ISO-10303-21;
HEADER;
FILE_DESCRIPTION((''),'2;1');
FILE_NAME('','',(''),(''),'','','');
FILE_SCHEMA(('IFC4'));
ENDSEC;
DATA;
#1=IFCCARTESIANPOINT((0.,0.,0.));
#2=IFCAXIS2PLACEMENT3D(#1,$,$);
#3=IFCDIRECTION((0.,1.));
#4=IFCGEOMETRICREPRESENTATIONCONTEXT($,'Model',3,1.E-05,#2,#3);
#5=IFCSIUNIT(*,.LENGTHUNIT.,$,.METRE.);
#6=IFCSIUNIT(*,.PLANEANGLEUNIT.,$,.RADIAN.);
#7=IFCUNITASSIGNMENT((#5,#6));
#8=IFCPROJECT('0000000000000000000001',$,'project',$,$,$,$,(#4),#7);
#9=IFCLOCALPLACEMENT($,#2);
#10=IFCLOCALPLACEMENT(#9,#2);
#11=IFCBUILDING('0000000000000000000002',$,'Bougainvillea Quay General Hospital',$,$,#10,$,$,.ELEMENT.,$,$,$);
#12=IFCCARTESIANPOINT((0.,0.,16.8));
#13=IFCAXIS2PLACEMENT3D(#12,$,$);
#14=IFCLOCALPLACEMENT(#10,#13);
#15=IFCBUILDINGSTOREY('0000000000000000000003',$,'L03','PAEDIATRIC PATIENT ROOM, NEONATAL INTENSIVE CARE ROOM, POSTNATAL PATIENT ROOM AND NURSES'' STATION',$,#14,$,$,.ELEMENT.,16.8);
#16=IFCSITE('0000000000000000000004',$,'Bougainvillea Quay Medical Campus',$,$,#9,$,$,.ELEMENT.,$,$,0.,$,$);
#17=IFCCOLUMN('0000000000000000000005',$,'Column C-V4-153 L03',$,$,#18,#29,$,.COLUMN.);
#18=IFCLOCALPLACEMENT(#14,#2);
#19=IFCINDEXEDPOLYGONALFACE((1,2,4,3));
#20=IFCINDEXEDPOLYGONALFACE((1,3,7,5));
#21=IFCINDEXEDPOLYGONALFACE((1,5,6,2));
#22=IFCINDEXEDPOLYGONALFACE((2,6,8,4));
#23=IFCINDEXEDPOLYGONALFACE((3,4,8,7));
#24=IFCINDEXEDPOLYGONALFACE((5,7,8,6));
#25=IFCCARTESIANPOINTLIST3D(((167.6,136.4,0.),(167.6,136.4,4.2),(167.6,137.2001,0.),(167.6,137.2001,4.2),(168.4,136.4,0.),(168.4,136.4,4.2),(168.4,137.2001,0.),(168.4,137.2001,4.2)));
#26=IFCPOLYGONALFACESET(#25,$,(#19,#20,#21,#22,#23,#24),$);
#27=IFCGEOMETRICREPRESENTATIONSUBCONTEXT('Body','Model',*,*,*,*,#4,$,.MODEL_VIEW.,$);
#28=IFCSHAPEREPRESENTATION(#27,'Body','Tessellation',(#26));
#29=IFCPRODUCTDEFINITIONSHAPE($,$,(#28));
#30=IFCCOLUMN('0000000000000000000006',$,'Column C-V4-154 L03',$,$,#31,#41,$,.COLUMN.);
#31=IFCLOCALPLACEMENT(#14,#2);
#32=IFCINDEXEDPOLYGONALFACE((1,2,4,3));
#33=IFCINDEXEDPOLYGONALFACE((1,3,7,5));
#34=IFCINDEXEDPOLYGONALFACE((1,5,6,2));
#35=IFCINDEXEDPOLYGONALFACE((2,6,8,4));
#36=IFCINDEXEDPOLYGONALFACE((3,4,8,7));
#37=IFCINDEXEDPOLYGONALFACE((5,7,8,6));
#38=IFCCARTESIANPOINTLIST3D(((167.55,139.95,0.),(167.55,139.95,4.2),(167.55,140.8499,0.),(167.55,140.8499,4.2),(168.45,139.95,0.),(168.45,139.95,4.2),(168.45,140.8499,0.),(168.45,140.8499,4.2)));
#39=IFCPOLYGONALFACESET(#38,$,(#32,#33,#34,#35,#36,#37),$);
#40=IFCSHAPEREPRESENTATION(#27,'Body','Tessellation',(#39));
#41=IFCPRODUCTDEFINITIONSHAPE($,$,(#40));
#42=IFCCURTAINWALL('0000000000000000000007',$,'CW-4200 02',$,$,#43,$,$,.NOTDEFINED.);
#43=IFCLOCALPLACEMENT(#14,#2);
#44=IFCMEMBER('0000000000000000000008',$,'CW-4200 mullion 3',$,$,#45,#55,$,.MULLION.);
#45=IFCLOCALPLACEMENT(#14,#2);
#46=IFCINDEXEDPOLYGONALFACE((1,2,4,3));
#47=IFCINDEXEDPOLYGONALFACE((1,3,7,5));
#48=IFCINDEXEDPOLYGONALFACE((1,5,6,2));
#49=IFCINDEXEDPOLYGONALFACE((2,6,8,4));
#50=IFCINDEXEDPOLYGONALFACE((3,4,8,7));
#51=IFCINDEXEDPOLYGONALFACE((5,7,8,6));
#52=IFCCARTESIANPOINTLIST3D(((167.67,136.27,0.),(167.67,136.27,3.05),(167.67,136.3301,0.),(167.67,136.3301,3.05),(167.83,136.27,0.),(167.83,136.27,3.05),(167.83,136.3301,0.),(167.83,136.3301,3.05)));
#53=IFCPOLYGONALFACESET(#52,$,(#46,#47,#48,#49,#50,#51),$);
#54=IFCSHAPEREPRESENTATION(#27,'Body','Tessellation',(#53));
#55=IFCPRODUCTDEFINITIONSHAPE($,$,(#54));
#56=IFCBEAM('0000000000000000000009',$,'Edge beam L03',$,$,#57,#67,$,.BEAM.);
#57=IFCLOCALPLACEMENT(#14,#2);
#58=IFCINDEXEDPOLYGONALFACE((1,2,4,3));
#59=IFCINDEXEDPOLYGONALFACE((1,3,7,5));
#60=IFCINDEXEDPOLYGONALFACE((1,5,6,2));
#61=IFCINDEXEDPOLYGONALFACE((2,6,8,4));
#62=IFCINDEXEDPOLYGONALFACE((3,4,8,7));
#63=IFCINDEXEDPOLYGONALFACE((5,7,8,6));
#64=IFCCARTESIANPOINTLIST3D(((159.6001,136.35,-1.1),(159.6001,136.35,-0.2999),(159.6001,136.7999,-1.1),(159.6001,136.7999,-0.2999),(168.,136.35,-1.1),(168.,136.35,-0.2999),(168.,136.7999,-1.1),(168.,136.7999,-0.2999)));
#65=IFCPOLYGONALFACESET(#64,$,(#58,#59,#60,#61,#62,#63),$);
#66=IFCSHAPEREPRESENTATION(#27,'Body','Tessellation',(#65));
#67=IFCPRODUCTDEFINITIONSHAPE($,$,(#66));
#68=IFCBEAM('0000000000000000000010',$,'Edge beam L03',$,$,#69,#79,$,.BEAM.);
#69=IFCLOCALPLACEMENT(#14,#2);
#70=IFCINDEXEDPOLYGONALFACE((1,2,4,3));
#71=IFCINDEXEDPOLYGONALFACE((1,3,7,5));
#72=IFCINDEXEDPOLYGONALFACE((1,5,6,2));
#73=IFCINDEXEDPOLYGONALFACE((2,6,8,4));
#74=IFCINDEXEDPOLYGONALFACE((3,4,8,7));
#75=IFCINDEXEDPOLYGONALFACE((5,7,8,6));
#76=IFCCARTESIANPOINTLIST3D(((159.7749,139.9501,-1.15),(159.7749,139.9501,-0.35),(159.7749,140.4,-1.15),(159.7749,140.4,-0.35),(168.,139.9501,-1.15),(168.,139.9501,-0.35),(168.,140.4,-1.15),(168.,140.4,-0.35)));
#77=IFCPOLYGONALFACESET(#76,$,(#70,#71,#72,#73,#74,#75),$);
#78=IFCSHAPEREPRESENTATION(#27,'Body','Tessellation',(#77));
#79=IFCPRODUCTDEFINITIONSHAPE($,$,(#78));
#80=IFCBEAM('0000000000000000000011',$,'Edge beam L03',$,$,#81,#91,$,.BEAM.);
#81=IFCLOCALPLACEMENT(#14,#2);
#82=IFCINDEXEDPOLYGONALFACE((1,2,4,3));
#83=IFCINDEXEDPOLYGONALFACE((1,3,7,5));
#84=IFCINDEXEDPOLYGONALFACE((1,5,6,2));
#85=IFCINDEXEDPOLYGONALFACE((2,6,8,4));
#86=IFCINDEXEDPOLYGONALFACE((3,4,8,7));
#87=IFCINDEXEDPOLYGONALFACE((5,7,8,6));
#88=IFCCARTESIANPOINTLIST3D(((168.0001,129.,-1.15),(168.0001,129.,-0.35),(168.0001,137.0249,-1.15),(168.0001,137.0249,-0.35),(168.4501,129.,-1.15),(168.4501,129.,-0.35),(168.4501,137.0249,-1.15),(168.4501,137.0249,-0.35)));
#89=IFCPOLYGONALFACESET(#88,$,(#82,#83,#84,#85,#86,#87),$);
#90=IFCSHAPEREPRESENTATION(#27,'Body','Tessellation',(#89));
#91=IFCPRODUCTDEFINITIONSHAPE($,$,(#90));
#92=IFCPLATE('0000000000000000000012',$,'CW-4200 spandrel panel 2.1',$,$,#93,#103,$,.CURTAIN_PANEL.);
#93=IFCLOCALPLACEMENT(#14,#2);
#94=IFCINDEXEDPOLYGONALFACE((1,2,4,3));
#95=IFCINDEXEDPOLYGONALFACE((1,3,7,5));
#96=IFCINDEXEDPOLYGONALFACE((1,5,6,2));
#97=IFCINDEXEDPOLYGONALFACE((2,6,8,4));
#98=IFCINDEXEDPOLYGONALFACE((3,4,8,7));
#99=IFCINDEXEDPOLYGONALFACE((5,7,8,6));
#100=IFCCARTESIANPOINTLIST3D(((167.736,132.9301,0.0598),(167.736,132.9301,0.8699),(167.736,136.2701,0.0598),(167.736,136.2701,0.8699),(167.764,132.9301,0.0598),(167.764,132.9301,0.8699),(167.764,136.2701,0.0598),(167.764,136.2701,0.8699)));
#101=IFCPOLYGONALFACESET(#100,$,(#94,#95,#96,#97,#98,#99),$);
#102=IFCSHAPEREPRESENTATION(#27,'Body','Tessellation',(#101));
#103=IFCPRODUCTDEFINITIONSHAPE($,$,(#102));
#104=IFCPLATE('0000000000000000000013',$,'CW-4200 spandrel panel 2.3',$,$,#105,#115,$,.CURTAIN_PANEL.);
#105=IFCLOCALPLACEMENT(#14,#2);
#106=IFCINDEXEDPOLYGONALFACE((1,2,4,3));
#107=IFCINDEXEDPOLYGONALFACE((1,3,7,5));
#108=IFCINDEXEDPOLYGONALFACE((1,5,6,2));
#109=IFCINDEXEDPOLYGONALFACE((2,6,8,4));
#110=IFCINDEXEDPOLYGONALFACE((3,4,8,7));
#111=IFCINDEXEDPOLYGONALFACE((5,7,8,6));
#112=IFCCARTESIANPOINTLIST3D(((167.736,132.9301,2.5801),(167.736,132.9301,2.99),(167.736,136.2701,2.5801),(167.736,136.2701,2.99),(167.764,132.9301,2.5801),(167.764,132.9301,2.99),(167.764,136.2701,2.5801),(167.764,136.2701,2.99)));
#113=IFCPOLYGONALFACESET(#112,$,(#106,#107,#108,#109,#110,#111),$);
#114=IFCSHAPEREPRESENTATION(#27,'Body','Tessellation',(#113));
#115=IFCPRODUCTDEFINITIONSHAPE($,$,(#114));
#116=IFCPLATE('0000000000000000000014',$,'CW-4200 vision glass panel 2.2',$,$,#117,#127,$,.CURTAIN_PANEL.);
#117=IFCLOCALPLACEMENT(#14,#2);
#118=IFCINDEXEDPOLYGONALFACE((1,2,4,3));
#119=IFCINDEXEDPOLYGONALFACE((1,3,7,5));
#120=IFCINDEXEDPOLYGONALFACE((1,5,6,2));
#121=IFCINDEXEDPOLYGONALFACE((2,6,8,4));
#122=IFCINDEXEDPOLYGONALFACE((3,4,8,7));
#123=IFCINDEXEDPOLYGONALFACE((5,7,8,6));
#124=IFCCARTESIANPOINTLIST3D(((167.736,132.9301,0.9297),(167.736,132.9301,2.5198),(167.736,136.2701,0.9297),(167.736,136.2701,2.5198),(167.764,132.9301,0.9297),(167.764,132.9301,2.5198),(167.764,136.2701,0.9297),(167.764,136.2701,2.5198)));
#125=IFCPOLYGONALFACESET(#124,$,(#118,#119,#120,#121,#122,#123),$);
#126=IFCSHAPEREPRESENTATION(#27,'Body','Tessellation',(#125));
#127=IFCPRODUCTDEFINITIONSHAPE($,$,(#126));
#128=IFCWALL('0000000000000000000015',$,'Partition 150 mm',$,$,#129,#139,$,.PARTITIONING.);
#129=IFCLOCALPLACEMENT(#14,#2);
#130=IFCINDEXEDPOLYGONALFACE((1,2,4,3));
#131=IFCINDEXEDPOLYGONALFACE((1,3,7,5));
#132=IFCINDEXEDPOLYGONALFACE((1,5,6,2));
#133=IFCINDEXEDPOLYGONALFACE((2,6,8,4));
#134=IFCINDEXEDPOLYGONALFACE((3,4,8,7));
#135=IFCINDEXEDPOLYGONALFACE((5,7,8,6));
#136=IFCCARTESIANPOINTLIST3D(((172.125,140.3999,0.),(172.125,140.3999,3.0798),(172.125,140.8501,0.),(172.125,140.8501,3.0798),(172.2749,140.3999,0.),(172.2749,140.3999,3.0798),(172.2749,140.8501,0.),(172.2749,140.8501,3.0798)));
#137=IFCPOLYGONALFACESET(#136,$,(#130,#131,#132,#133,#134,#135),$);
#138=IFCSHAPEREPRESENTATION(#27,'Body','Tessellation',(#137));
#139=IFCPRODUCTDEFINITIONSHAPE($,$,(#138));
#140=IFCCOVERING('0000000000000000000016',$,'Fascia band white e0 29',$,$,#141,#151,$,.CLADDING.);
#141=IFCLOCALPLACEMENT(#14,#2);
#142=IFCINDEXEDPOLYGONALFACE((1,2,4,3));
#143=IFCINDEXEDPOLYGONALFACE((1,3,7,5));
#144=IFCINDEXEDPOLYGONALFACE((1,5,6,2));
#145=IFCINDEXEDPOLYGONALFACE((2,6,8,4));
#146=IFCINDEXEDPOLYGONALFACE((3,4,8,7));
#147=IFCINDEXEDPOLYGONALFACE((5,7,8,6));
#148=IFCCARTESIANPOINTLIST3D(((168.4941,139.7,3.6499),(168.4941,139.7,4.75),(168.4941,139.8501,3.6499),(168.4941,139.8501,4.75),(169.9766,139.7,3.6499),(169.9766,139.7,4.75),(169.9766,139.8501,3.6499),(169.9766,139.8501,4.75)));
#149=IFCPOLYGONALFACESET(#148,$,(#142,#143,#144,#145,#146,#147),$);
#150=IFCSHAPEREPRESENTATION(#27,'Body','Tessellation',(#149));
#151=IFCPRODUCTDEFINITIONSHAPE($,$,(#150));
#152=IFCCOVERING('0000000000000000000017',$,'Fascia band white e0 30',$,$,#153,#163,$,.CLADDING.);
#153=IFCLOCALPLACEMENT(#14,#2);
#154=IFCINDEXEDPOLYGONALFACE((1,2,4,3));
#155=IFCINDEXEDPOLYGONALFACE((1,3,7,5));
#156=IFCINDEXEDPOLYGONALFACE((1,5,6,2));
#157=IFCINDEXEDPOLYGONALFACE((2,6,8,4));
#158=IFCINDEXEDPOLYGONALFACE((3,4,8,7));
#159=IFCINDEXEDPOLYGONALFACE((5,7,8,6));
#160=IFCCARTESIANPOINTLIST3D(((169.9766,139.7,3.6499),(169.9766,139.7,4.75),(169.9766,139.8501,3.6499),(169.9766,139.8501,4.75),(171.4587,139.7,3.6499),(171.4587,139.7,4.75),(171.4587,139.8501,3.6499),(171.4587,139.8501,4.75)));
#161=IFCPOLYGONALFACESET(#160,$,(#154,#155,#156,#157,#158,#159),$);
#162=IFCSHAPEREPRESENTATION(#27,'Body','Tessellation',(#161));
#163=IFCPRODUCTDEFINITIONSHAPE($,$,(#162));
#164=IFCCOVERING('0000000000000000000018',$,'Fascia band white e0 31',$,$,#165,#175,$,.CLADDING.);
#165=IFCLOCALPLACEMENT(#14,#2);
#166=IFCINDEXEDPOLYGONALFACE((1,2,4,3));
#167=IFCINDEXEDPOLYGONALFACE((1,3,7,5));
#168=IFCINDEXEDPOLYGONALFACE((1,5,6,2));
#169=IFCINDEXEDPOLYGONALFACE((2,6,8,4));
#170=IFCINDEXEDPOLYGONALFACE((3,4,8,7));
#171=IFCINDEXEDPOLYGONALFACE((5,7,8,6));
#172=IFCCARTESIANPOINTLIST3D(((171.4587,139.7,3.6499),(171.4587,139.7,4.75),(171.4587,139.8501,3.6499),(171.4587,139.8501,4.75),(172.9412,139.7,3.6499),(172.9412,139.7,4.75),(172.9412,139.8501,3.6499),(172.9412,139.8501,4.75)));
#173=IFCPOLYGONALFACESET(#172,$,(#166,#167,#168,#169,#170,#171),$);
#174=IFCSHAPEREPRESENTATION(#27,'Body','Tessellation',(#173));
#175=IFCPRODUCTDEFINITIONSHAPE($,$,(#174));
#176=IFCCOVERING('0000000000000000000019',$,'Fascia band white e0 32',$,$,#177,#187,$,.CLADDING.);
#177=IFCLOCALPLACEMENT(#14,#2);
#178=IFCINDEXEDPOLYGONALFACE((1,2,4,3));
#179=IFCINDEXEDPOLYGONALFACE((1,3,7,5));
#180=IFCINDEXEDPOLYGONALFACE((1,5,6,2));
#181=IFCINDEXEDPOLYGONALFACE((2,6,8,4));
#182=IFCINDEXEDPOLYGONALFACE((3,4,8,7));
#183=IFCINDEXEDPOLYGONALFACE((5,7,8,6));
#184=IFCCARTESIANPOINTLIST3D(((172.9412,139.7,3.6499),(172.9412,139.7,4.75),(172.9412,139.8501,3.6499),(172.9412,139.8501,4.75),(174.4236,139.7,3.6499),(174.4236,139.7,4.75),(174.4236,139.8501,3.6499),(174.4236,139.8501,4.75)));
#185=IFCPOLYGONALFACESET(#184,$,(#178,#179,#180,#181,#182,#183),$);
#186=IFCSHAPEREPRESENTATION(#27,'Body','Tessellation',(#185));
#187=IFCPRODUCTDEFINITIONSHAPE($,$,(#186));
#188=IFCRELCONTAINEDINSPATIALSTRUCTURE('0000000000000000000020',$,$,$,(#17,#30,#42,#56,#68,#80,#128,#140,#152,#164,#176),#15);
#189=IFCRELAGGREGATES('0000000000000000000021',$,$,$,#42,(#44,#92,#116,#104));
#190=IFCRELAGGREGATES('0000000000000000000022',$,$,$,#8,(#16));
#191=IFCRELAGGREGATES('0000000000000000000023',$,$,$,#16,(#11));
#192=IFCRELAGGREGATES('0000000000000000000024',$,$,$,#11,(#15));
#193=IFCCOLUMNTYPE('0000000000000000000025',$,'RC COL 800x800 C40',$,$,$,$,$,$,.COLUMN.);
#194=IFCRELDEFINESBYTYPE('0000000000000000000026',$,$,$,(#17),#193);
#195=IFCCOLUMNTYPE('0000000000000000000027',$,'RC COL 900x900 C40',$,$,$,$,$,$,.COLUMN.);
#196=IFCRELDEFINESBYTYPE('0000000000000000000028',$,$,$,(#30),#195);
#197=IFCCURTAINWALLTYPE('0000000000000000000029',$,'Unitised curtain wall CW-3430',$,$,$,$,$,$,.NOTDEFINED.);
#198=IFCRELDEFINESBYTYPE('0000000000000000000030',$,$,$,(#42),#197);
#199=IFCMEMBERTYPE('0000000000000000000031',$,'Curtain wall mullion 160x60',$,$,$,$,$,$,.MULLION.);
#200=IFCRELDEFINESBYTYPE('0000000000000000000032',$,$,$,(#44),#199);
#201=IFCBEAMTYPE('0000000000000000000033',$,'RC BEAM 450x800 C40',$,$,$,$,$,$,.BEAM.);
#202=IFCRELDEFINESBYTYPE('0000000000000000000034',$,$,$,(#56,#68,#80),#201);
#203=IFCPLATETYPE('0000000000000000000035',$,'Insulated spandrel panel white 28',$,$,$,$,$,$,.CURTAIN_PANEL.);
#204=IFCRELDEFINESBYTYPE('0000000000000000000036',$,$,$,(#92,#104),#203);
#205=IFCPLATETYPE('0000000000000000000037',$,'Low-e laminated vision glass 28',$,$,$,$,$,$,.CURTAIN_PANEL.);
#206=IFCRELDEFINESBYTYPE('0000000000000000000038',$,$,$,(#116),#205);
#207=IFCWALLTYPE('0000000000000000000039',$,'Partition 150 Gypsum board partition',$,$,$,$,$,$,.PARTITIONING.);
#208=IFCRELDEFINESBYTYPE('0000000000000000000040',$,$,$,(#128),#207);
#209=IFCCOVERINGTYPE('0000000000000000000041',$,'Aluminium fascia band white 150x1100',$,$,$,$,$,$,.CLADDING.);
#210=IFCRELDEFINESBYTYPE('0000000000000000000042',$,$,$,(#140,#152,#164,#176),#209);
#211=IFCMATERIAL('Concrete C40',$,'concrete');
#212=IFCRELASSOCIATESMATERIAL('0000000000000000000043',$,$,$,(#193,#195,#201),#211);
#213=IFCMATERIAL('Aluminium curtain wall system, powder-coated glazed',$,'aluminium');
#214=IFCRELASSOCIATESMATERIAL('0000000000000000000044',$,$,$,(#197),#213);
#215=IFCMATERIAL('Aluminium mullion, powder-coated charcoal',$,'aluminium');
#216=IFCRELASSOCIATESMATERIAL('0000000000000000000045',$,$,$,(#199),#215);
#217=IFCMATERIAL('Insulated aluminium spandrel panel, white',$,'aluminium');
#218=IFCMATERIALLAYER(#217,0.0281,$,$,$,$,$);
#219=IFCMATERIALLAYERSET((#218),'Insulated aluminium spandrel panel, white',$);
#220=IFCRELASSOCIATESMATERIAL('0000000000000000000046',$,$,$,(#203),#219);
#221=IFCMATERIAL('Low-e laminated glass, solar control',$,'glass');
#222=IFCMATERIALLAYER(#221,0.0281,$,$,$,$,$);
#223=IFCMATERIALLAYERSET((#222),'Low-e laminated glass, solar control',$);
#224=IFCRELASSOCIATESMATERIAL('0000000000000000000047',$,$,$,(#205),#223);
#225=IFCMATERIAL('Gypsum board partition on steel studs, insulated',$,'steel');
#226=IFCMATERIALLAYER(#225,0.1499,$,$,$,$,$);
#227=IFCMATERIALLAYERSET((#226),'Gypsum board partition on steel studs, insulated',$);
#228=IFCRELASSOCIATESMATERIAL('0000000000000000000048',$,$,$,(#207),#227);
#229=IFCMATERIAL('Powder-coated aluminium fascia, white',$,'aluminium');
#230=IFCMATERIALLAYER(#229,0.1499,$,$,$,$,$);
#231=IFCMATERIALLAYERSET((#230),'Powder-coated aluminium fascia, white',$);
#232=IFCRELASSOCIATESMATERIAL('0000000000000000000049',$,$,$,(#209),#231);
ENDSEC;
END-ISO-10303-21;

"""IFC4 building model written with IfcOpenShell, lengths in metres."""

from ifc_helpers import new_model, si_unit, direction, frame, frame_2d, origin, origin_2d, place, context, subcontext, project, spatial, polyline, rectangle, outline, extrude, material, layer, layer_set, material_profile, profile_set, type_object, element, aggregate, save


model = new_model("IFC4")

# Units and contexts
model_context = context("Model", 3, precision=1e-05, world=origin(), true_north=direction((0.0, 1.0)))
body_context = subcontext(model_context, "Body", "Model", "MODEL_VIEW")
ifc_project = project(units=[si_unit("LENGTHUNIT", "METRE"), si_unit("PLANEANGLEUNIT", "RADIAN")], contexts=[model_context])

# Site, building, storey
site_placement = place(None, origin())
site = spatial("IfcSite", under=ifc_project, at=site_placement, Name="Bougainvillea Quay Medical Campus", CompositionType="ELEMENT", RefElevation=0.0)
building_placement = place(site_placement, origin())
building = spatial("IfcBuilding", under=site, at=building_placement, Name="Bougainvillea Quay General Hospital", CompositionType="ELEMENT")
storey_placement = place(building_placement, frame((0.0, 0.0, 16.8)))
storey = spatial("IfcBuildingStorey", under=building, at=storey_placement, Name="L03", Description="PAEDIATRIC PATIENT ROOM, NEONATAL INTENSIVE CARE ROOM, POSTNATAL PATIENT ROOM AND NURSES' STATION", CompositionType="ELEMENT", Elevation=16.8)

# Columns
ifc_material_1 = material(Name="Concrete C40", Category="concrete")
ifc_material_profile_1 = material_profile(ifc_material_1, rectangle(XDim=0.8, YDim=0.8, at=origin_2d()))
ifc_profile_set_1 = profile_set([ifc_material_profile_1], Name="Concrete C40")
column_type_1 = type_object("IfcColumnType", Name="RC COL 800x800 C40", PredefinedType="COLUMN", material=ifc_profile_set_1)
column_1_placement = place(storey_placement, frame((168.0, 136.8, 0.0), z_axis=(0.0, 0.0, 1.0), x_axis=(1.0, 0.0, 0.0)))
element("IfcColumn", 1, at=column_1_placement, inside=storey, type_object=column_type_1, Name="Column C-V4-153 L03", PredefinedType="COLUMN", context=body_context, shape_type="SweptSolid", body=[
    extrude(rectangle(XDim=0.8, YDim=0.8, at=origin_2d()), origin(), (0.0, 0.0, 1.0), 4.2),
])
ifc_material_profile_2 = material_profile(ifc_material_1, rectangle(XDim=0.8999, YDim=0.8999, at=origin_2d()))
ifc_profile_set_2 = profile_set([ifc_material_profile_2], Name="Concrete C40")
column_type_2 = type_object("IfcColumnType", Name="RC COL 900x900 C40", PredefinedType="COLUMN", material=ifc_profile_set_2)
column_2_placement = place(storey_placement, frame((168.0, 140.3999, 0.0), z_axis=(0.0, 0.0, 1.0), x_axis=(1.0, 0.0, 0.0)))
element("IfcColumn", 2, at=column_2_placement, inside=storey, type_object=column_type_2, Name="Column C-V4-154 L03", PredefinedType="COLUMN", context=body_context, shape_type="SweptSolid", body=[
    extrude(rectangle(XDim=0.8999, YDim=0.8999, at=origin_2d()), origin(), (0.0, 0.0, 1.0), 4.2),
])

# Curtain wall, member
ifc_material_2 = material(Name="Aluminium curtain wall system, powder-coated glazed", Category="aluminium")
curtain_wall_type = type_object("IfcCurtainWallType", Name="Unitised curtain wall CW-3430", PredefinedType="NOTDEFINED", material=ifc_material_2)
curtain_wall_placement = place(storey_placement, origin())
curtain_wall = element("IfcCurtainWall", 3, at=curtain_wall_placement, inside=storey, type_object=curtain_wall_type, Name="CW-4200 02", PredefinedType="NOTDEFINED")
ifc_material_3 = material(Name="Aluminium mullion, powder-coated charcoal", Category="aluminium")
ifc_material_profile_3 = material_profile(ifc_material_3, rectangle(XDim=0.1599, YDim=0.0601, at=origin_2d()))
ifc_profile_set_3 = profile_set([ifc_material_profile_3], Name="Aluminium mullion, powder-coated charcoal")
member_type = type_object("IfcMemberType", Name="Curtain wall mullion 160x60", PredefinedType="MULLION", material=ifc_profile_set_3)
member_placement = place(storey_placement, frame((167.75, 136.3, 0.0), z_axis=(0.0, 0.0, 1.0), x_axis=(-1.0, 0.0, 0.0)))
member = element("IfcMember", 4, at=member_placement, type_object=member_type, Name="CW-4200 mullion 3", PredefinedType="MULLION", context=body_context, shape_type="SweptSolid", body=[
    extrude(rectangle(XDim=0.1599, YDim=0.0601, at=origin_2d()), origin(), (0.0, 0.0, 1.0), 3.05),
])

# Beams
ifc_material_profile_4 = material_profile(ifc_material_1, rectangle(XDim=0.45, YDim=0.8, at=origin_2d()))
ifc_profile_set_4 = profile_set([ifc_material_profile_4], Name="Concrete C40")
beam_type = type_object("IfcBeamType", Name="RC BEAM 450x800 C40", PredefinedType="BEAM", material=ifc_profile_set_4)
beam_1_placement = place(storey_placement, frame((168.0, 136.575, -0.7), z_axis=(-1.0, 0.0, 0.0), x_axis=(0.0, -1.0, 0.0)))
element("IfcBeam", 5, at=beam_1_placement, inside=storey, type_object=beam_type, Name="Edge beam L03", PredefinedType="BEAM", context=body_context, shape_type="SweptSolid", body=[
    extrude(rectangle(XDim=0.45, YDim=0.8, at=origin_2d()), origin(), (0.0, 0.0, 1.0), 8.3999),
])
beam_2_placement = place(storey_placement, frame((168.0, 140.175, -0.75), z_axis=(-1.0, 0.0, 0.0), x_axis=(0.0, -1.0, 0.0)))
element("IfcBeam", 6, at=beam_2_placement, inside=storey, type_object=beam_type, Name="Edge beam L03", PredefinedType="BEAM", context=body_context, shape_type="SweptSolid", body=[
    extrude(rectangle(XDim=0.45, YDim=0.8, at=origin_2d()), origin(), (0.0, 0.0, 1.0), 8.2251),
])
beam_3_placement = place(storey_placement, frame((168.2251, 137.0249, -0.75), z_axis=(0.0, -1.0, 0.0), x_axis=(1.0, 0.0, 0.0)))
element("IfcBeam", 7, at=beam_3_placement, inside=storey, type_object=beam_type, Name="Edge beam L03", PredefinedType="BEAM", context=body_context, shape_type="SweptSolid", body=[
    extrude(rectangle(XDim=0.45, YDim=0.8, at=origin_2d()), origin(), (0.0, 0.0, 1.0), 8.0249),
])

# Plates
ifc_material_4 = material(Name="Insulated aluminium spandrel panel, white", Category="aluminium")
ifc_layer_1 = layer(ifc_material_4, 0.0281)
ifc_layer_set_1 = layer_set([ifc_layer_1], Name="Insulated aluminium spandrel panel, white")
plate_type_1 = type_object("IfcPlateType", Name="Insulated spandrel panel white 28", PredefinedType="CURTAIN_PANEL", material=ifc_layer_set_1)
plate_1_placement = place(storey_placement, frame((167.75, 134.6001, 0.0598), z_axis=(0.0, 0.0, 1.0), x_axis=(0.0, 1.0, 0.0)))
plate_1 = element("IfcPlate", 8, at=plate_1_placement, type_object=plate_type_1, Name="CW-4200 spandrel panel 2.1", PredefinedType="CURTAIN_PANEL", context=body_context, shape_type="SweptSolid", body=[
    extrude(rectangle(XDim=3.3401, YDim=0.0281, at=origin_2d()), origin(), (0.0, 0.0, 1.0), 0.8101),
])
plate_2_placement = place(storey_placement, frame((167.75, 134.6001, 2.5801), z_axis=(0.0, 0.0, 1.0), x_axis=(0.0, 1.0, 0.0)))
plate_2 = element("IfcPlate", 9, at=plate_2_placement, type_object=plate_type_1, Name="CW-4200 spandrel panel 2.3", PredefinedType="CURTAIN_PANEL", context=body_context, shape_type="SweptSolid", body=[
    extrude(rectangle(XDim=3.3401, YDim=0.0281, at=origin_2d()), origin(), (0.0, 0.0, 1.0), 0.4099),
])
ifc_material_5 = material(Name="Low-e laminated glass, solar control", Category="glass")
ifc_layer_2 = layer(ifc_material_5, 0.0281)
ifc_layer_set_2 = layer_set([ifc_layer_2], Name="Low-e laminated glass, solar control")
plate_type_2 = type_object("IfcPlateType", Name="Low-e laminated vision glass 28", PredefinedType="CURTAIN_PANEL", material=ifc_layer_set_2)
plate_3_placement = place(storey_placement, frame((167.75, 134.6001, 0.9297), z_axis=(0.0, 0.0, 1.0), x_axis=(0.0, 1.0, 0.0)))
plate_3 = element("IfcPlate", 10, at=plate_3_placement, type_object=plate_type_2, Name="CW-4200 vision glass panel 2.2", PredefinedType="CURTAIN_PANEL", context=body_context, shape_type="SweptSolid", body=[
    extrude(rectangle(XDim=3.3401, YDim=0.0281, at=origin_2d()), origin(), (0.0, 0.0, 1.0), 1.5901),
])
aggregate(curtain_wall, [member, plate_1, plate_3, plate_2])

# Wall
ifc_material_6 = material(Name="Gypsum board partition on steel studs, insulated", Category="steel")
ifc_layer_3 = layer(ifc_material_6, 0.1499)
ifc_layer_set_3 = layer_set([ifc_layer_3], Name="Gypsum board partition on steel studs, insulated")
wall_type = type_object("IfcWallType", Name="Partition 150 Gypsum board partition", PredefinedType="PARTITIONING", material=ifc_layer_set_3)
wall_placement = place(storey_placement, frame((172.2, 140.3999, 0.0), z_axis=(0.0, 0.0, 1.0), x_axis=(0.0, 1.0, 0.0)))
element("IfcWall", 11, at=wall_placement, inside=storey, type_object=wall_type, Name="Partition 150 mm", PredefinedType="PARTITIONING", context=body_context, shape_type="SweptSolid", body=[
    extrude(rectangle(XDim=0.4502, YDim=0.1499, at=frame_2d((0.2251, 0.0))), origin(), (0.0, 0.0, 1.0), 3.0798),
])

# Coverings
ifc_material_7 = material(Name="Powder-coated aluminium fascia, white", Category="aluminium")
ifc_layer_4 = layer(ifc_material_7, 0.1499)
ifc_layer_set_4 = layer_set([ifc_layer_4], Name="Powder-coated aluminium fascia, white")
covering_type = type_object("IfcCoveringType", Name="Aluminium fascia band white 150x1100", PredefinedType="CLADDING", material=ifc_layer_set_4)
covering_1_placement = place(storey_placement, frame((168.4941, 139.8501, 3.6499), z_axis=(0.0, 0.0, 1.0), x_axis=(1.0, 0.0, 0.0)))
element("IfcCovering", 12, at=covering_1_placement, inside=storey, type_object=covering_type, Name="Fascia band white e0 29", PredefinedType="CLADDING", context=body_context, shape_type="SweptSolid", body=[
    extrude(outline(polyline([(0.0, 0.0), (1.4824, 0.0), (1.4824, -0.1501), (0.0, -0.1501), (0.0, 0.0)])), origin(), (0.0, 0.0, 1.0), 1.1001),
])
covering_2_placement = place(storey_placement, frame((169.9766, 139.8501, 3.6499), z_axis=(0.0, 0.0, 1.0), x_axis=(1.0, 0.0, 0.0)))
element("IfcCovering", 13, at=covering_2_placement, inside=storey, type_object=covering_type, Name="Fascia band white e0 30", PredefinedType="CLADDING", context=body_context, shape_type="SweptSolid", body=[
    extrude(outline(polyline([(0.0, 0.0), (1.4822, 0.0), (1.4822, -0.1501), (0.0, -0.1501), (0.0, 0.0)])), origin(), (0.0, 0.0, 1.0), 1.1001),
])
for number, where, z_axis, x_axis, name in (
    (14, (171.4587, 139.8501, 3.6499), (0.0, 0.0, 1.0), (1.0, 0.0, 0.0), "Fascia band white e0 31"),
    (15, (172.9412, 139.8501, 3.6499), (0.0, 0.0, 1.0), (1.0, 0.0, 0.0), "Fascia band white e0 32"),
):
    element("IfcCovering", number, at=place(storey_placement, frame(where, z_axis=z_axis, x_axis=x_axis)), inside=storey, type_object=covering_type, Name=name, PredefinedType="CLADDING", context=body_context, shape_type="SweptSolid", body=[
        extrude(outline(polyline([(0.0, 0.0), (1.4824, 0.0), (1.4824, -0.1501), (0.0, -0.1501), (0.0, 0.0)])), origin(), (0.0, 0.0, 1.0), 1.1001),
    ])

save(model, "model.ifc")
